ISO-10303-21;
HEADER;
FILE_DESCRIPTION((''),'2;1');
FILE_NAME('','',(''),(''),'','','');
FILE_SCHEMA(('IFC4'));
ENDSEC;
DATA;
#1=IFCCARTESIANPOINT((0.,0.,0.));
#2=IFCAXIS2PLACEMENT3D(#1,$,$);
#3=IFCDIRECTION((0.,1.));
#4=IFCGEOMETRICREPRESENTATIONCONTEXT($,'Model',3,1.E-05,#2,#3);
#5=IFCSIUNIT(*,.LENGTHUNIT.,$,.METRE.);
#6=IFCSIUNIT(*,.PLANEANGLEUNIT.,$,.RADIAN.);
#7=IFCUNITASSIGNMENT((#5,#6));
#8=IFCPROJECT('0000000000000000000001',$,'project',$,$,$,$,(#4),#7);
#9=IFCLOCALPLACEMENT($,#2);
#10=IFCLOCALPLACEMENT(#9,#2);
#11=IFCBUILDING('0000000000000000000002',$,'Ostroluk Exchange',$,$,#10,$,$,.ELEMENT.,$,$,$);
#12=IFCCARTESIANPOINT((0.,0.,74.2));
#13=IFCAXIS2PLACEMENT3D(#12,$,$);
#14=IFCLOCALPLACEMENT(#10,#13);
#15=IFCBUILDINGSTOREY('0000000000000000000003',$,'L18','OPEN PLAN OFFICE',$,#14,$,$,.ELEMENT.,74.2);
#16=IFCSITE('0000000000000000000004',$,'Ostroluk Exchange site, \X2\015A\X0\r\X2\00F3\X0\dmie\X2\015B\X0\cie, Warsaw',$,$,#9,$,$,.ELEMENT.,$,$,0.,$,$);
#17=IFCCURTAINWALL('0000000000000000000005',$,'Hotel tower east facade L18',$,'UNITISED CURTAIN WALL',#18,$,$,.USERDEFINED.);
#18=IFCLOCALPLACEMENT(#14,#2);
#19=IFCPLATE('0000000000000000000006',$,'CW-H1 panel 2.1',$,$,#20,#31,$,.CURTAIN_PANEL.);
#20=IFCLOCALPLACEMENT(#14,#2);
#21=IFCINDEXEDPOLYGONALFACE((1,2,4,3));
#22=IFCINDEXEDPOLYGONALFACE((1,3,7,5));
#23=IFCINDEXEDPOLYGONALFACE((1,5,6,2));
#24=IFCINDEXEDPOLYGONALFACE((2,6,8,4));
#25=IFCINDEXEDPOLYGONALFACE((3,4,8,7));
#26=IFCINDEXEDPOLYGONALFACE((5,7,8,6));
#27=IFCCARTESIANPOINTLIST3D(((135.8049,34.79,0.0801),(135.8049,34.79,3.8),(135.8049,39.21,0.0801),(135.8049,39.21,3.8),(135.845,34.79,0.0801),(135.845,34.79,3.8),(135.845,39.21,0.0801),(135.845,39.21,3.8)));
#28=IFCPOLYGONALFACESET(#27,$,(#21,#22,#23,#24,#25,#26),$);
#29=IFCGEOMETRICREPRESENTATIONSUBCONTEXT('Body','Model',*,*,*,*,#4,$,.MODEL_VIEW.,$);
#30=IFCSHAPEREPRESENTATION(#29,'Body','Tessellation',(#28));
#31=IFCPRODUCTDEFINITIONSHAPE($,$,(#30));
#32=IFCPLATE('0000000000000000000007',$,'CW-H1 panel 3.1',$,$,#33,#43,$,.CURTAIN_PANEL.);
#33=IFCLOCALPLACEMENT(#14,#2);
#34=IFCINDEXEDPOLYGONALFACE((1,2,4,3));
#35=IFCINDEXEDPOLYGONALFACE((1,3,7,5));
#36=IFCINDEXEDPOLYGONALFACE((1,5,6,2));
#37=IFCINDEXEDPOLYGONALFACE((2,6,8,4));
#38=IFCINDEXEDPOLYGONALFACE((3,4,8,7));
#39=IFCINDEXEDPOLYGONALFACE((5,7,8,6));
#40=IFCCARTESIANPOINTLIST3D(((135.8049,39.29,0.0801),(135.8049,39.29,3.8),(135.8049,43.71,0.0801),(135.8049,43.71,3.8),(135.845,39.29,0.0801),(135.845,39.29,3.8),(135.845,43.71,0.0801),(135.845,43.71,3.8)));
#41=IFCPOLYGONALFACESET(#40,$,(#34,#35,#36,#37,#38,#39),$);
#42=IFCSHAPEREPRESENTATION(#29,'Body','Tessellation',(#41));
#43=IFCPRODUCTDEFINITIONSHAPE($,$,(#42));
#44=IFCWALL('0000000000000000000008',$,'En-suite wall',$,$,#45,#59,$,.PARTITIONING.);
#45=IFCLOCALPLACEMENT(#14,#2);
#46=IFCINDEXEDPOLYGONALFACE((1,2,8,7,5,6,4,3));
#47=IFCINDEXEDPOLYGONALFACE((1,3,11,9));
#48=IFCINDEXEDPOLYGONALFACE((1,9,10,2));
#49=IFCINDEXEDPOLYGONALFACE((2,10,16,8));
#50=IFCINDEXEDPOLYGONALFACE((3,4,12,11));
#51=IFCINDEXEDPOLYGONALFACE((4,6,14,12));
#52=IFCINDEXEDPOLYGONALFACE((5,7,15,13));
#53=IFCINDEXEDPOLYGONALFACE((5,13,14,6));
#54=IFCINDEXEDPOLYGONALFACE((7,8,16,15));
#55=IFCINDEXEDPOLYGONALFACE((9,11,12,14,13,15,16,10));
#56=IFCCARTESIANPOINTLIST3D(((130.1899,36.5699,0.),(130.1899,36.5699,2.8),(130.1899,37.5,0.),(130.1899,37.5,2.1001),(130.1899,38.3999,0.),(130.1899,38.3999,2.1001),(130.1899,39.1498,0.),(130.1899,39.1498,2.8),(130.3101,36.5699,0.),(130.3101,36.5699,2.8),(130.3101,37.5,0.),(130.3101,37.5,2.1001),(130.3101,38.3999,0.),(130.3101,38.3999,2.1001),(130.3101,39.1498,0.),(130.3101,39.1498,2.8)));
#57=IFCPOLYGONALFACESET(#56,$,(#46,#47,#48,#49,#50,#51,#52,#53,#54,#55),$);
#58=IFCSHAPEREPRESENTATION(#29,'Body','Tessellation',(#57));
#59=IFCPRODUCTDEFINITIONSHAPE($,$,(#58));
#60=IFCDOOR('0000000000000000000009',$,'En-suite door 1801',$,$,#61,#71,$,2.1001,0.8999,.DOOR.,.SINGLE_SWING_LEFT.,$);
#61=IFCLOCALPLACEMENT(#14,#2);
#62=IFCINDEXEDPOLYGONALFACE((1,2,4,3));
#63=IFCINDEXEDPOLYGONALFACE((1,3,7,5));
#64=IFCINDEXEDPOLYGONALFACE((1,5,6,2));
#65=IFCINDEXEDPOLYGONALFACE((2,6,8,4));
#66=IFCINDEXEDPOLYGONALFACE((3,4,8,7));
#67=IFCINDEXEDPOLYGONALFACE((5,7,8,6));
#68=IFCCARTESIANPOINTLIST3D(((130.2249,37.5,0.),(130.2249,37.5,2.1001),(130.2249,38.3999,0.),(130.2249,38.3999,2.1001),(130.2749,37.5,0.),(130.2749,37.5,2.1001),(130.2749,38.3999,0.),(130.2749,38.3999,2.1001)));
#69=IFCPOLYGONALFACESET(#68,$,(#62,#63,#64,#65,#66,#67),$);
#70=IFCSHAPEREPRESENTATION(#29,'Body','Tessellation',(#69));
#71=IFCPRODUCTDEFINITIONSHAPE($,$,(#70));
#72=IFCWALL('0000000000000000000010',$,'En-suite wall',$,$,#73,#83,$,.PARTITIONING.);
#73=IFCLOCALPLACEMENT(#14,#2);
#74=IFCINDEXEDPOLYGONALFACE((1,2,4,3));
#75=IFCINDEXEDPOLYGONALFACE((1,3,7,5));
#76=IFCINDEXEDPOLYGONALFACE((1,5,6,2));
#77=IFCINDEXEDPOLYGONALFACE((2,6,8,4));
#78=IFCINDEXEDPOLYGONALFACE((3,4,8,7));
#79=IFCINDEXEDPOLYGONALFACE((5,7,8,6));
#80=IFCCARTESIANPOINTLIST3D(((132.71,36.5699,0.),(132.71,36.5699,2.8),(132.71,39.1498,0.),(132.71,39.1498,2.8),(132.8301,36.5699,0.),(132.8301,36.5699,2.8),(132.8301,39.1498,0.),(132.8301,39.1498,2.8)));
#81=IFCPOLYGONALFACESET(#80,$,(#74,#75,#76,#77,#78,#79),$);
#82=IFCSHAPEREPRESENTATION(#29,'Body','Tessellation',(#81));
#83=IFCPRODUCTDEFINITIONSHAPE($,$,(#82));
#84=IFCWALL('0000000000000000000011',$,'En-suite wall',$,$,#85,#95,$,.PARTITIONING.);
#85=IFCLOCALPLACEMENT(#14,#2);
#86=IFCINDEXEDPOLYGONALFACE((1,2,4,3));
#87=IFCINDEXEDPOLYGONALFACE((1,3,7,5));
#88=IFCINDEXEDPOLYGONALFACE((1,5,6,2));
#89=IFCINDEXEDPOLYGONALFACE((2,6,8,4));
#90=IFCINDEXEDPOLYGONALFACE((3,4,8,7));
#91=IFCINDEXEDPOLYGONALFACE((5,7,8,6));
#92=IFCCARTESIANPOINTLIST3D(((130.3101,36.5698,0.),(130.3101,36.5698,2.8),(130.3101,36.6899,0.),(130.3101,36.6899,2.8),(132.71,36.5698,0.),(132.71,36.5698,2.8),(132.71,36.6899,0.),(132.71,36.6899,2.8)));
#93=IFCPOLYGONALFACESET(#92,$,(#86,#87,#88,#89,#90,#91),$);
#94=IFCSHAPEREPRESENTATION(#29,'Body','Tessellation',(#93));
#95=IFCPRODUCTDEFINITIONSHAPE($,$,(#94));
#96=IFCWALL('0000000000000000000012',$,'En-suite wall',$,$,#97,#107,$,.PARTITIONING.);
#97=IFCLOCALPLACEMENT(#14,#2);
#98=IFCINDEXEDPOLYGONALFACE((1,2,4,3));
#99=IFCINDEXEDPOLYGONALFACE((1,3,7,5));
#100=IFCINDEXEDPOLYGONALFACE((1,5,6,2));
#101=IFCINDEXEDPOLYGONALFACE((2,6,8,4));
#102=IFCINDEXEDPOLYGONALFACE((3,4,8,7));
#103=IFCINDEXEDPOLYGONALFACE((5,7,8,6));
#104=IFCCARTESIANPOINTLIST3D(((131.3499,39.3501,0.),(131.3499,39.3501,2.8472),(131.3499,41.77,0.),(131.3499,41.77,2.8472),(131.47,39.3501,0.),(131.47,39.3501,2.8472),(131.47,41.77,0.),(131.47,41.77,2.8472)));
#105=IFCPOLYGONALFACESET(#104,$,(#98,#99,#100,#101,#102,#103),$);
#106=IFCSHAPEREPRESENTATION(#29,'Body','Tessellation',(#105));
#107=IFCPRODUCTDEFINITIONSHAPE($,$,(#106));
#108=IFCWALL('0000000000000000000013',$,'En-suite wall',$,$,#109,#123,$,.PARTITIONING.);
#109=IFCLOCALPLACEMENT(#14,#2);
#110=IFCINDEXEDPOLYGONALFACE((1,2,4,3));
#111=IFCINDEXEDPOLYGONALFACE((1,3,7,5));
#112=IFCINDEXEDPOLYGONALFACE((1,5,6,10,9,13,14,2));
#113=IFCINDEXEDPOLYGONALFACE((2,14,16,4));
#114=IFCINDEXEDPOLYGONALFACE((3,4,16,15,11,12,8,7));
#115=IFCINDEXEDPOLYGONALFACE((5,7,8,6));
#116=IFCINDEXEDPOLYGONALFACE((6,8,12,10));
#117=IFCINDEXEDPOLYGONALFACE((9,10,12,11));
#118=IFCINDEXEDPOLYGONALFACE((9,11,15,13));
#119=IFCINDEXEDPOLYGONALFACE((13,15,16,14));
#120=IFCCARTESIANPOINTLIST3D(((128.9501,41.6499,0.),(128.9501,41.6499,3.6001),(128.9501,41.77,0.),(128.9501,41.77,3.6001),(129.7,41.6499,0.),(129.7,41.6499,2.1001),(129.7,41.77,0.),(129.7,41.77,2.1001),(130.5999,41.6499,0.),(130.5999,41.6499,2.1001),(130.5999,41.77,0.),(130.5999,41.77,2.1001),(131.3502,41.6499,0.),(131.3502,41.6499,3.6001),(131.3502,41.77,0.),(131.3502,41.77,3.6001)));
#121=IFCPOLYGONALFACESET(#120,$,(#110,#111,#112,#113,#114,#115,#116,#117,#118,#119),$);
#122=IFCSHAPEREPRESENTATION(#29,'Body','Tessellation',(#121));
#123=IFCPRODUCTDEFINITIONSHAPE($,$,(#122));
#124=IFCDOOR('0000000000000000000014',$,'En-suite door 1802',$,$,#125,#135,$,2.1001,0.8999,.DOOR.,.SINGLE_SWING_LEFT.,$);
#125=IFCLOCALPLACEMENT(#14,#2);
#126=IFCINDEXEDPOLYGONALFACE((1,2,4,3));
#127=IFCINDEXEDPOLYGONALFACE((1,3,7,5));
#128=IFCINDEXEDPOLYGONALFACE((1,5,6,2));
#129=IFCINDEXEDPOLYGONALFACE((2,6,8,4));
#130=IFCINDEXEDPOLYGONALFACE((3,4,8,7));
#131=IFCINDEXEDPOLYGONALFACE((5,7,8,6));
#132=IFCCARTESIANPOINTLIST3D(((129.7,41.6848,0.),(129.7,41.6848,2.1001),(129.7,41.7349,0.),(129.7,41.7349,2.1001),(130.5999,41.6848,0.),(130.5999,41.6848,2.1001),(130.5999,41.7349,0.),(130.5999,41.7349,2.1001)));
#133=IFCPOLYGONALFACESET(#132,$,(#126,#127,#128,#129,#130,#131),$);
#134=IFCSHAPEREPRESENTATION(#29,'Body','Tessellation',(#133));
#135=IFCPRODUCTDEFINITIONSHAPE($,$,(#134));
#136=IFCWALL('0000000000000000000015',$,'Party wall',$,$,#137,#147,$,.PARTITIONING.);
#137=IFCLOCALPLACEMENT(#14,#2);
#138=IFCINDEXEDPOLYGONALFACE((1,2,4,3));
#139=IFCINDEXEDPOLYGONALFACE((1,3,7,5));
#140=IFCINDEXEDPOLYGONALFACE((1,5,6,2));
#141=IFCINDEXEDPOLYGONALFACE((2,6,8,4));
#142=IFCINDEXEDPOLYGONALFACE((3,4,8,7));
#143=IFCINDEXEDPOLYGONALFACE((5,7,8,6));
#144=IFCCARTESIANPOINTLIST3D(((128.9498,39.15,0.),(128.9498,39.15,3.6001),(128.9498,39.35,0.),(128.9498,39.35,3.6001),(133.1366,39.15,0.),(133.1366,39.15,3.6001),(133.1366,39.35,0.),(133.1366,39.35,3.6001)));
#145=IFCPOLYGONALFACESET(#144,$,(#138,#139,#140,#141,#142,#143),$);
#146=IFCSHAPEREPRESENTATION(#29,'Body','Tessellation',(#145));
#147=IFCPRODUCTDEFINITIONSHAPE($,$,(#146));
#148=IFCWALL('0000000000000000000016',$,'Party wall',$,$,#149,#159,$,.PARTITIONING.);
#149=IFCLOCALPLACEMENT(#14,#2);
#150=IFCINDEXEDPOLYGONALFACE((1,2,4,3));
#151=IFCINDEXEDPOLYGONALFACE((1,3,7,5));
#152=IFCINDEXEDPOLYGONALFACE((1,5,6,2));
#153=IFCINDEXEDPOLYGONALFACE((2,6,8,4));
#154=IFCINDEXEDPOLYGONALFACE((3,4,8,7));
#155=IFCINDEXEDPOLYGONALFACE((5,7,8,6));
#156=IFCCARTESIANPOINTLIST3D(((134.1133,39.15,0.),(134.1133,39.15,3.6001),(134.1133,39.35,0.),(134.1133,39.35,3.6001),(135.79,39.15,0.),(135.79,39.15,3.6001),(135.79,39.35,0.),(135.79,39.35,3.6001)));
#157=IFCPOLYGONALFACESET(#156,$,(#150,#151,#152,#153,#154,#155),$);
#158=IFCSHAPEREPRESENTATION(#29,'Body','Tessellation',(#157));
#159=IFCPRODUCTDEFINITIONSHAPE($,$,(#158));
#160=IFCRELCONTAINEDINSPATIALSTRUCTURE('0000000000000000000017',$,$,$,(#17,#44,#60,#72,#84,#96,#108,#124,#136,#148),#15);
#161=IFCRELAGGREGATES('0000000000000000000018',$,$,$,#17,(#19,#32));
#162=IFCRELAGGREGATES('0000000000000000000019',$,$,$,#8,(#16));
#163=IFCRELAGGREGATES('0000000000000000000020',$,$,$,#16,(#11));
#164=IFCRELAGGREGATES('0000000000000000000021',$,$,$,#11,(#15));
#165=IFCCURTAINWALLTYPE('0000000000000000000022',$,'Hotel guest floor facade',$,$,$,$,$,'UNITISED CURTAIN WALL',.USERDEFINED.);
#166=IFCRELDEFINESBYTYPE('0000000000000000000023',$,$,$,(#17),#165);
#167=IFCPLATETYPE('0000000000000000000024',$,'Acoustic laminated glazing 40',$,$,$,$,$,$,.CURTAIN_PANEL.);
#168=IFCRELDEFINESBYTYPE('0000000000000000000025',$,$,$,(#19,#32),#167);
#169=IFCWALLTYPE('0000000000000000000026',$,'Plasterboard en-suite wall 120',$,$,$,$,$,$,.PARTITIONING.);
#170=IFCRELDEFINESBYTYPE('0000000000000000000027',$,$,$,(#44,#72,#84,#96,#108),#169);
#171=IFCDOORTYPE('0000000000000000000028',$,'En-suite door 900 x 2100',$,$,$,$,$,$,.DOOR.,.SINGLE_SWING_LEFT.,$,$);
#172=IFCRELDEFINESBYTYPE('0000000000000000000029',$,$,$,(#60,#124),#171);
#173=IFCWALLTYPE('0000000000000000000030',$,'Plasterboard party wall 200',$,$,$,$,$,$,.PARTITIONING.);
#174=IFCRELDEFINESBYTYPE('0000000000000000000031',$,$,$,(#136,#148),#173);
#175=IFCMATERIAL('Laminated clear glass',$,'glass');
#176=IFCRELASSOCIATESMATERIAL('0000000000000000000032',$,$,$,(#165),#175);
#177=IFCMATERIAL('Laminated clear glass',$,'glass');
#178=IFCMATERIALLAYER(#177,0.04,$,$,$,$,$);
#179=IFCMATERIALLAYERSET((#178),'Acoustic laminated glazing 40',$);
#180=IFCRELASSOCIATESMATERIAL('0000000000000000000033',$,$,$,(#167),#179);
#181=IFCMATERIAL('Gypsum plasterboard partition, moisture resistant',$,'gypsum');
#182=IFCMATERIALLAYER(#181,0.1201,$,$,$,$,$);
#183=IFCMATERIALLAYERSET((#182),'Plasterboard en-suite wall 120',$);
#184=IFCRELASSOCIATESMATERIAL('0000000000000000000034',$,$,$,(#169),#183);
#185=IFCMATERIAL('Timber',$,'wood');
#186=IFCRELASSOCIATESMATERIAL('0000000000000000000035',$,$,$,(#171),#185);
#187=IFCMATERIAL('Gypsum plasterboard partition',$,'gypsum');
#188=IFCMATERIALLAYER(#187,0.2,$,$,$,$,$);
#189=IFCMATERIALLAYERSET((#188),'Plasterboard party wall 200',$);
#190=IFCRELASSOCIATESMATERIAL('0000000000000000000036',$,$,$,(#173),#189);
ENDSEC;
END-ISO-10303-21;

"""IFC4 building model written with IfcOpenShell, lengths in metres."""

from ifc_helpers import new_model, si_unit, direction, frame, frame_2d, origin, origin_2d, place, context, subcontext, project, spatial, rectangle, extrude, material, layer, layer_set, type_object, element, fill, aggregate, save


model = new_model("IFC4")

# Units and contexts
model_context = context("Model", 3, precision=1e-05, world=origin(), true_north=direction((0.0, 1.0)))
body_context = subcontext(model_context, "Body", "Model", "MODEL_VIEW")
ifc_project = project(units=[si_unit("LENGTHUNIT", "METRE"), si_unit("PLANEANGLEUNIT", "RADIAN")], contexts=[model_context])

# Site, building, storey
site_placement = place(None, origin())
site = spatial("IfcSite", under=ifc_project, at=site_placement, Name="Ostroluk Exchange site, Śródmieście, Warsaw", CompositionType="ELEMENT", RefElevation=0.0)
building_placement = place(site_placement, origin())
building = spatial("IfcBuilding", under=site, at=building_placement, Name="Ostroluk Exchange", CompositionType="ELEMENT")
storey_placement = place(building_placement, frame((0.0, 0.0, 74.2)))
storey = spatial("IfcBuildingStorey", under=building, at=storey_placement, Name="L18", Description="OPEN PLAN OFFICE", CompositionType="ELEMENT", Elevation=74.2)

# Curtain wall, plates
ifc_material_1 = material(Name="Laminated clear glass", Category="glass")
curtain_wall_type = type_object("IfcCurtainWallType", Name="Hotel guest floor facade", ElementType="UNITISED CURTAIN WALL", PredefinedType="USERDEFINED", material=ifc_material_1)
curtain_wall_placement = place(storey_placement, origin())
curtain_wall = element("IfcCurtainWall", 1, at=curtain_wall_placement, inside=storey, type_object=curtain_wall_type, Name="Hotel tower east facade L18", ObjectType="UNITISED CURTAIN WALL", PredefinedType="USERDEFINED")
ifc_material_2 = material(Name="Laminated clear glass", Category="glass")
ifc_layer_1 = layer(ifc_material_2, 0.04)
ifc_layer_set_1 = layer_set([ifc_layer_1], Name="Acoustic laminated glazing 40")
plate_type = type_object("IfcPlateType", Name="Acoustic laminated glazing 40", PredefinedType="CURTAIN_PANEL", material=ifc_layer_set_1)
plate_1_placement = place(storey_placement, frame((135.825, 37.0, 0.0801), z_axis=(0.0, 0.0, 1.0), x_axis=(0.0, 1.0, 0.0)))
plate_1 = element("IfcPlate", 2, at=plate_1_placement, type_object=plate_type, Name="CW-H1 panel 2.1", PredefinedType="CURTAIN_PANEL", context=body_context, shape_type="SweptSolid", body=[
    extrude(rectangle(XDim=4.4199, YDim=0.04, at=origin_2d()), origin(), (0.0, 0.0, 1.0), 3.72),
])
plate_2_placement = place(storey_placement, frame((135.825, 41.5, 0.0801), z_axis=(0.0, 0.0, 1.0), x_axis=(0.0, 1.0, 0.0)))
plate_2 = element("IfcPlate", 3, at=plate_2_placement, type_object=plate_type, Name="CW-H1 panel 3.1", PredefinedType="CURTAIN_PANEL", context=body_context, shape_type="SweptSolid", body=[
    extrude(rectangle(XDim=4.4199, YDim=0.04, at=origin_2d()), origin(), (0.0, 0.0, 1.0), 3.72),
])
aggregate(curtain_wall, [plate_1, plate_2])

# Wall, opening, door
ifc_material_3 = material(Name="Gypsum plasterboard partition, moisture resistant", Category="gypsum")
ifc_layer_2 = layer(ifc_material_3, 0.1201)
ifc_layer_set_2 = layer_set([ifc_layer_2], Name="Plasterboard en-suite wall 120")
wall_type_1 = type_object("IfcWallType", Name="Plasterboard en-suite wall 120", PredefinedType="PARTITIONING", material=ifc_layer_set_2)
wall_1_placement = place(storey_placement, frame((130.25, 39.1499, 0.0), z_axis=(0.0, 0.0, 1.0), x_axis=(0.0, -1.0, 0.0)))
wall_1 = element("IfcWall", 4, at=wall_1_placement, inside=storey, type_object=wall_type_1, Name="En-suite wall", PredefinedType="PARTITIONING", context=body_context, shape_type="SweptSolid", body=[
    extrude(rectangle(XDim=2.5798, YDim=0.1201, at=frame_2d((1.29, 0.0))), origin(), (0.0, 0.0, 1.0), 2.8),
])
opening_1_placement = place(wall_1_placement, frame((0.75, 0.0, 0.0)))
opening_1 = element("IfcOpeningElement", 5, at=opening_1_placement, cuts=wall_1, PredefinedType="OPENING", context=body_context, shape_type="SweptSolid", body=[
    extrude(rectangle(XDim=0.8999, YDim=2.1001, at=frame_2d((0.45, 1.05))), frame((0.0, 0.0701, 0.0), z_axis=(0.0, -1.0, 0.0), x_axis=(1.0, 0.0, 0.0)), (0.0, 0.0, 1.0), 0.1401),
])
ifc_material_4 = material(Name="Timber", Category="wood")
door_type = type_object("IfcDoorType", Name="En-suite door 900 x 2100", OperationType="SINGLE_SWING_LEFT", PredefinedType="DOOR", material=ifc_material_4)
door_1_placement = place(opening_1_placement, origin())
door_1 = element("IfcDoor", 6, at=door_1_placement, inside=storey, type_object=door_type, Name="En-suite door 1801", OperationType="SINGLE_SWING_LEFT", OverallHeight=2.1001, OverallWidth=0.8999, PredefinedType="DOOR", context=body_context, shape_type="SweptSolid", body=[
    extrude(rectangle(XDim=0.8999, YDim=2.1001, at=frame_2d((0.45, 1.05))), frame((0.0, 0.0249, 0.0), z_axis=(0.0, -1.0, 0.0), x_axis=(1.0, 0.0, 0.0)), (0.0, 0.0, 1.0), 0.05),
])
fill(opening_1, door_1)

# Walls
wall_2_placement = place(storey_placement, frame((132.77, 39.1499, 0.0), z_axis=(0.0, 0.0, 1.0), x_axis=(0.0, -1.0, 0.0)))
element("IfcWall", 7, at=wall_2_placement, inside=storey, type_object=wall_type_1, Name="En-suite wall", PredefinedType="PARTITIONING", context=body_context, shape_type="SweptSolid", body=[
    extrude(rectangle(XDim=2.5798, YDim=0.1201, at=frame_2d((1.29, 0.0))), origin(), (0.0, 0.0, 1.0), 2.8),
])
wall_3_placement = place(storey_placement, frame((130.3101, 36.6299, 0.0), z_axis=(0.0, 0.0, 1.0), x_axis=(1.0, 0.0, 0.0)))
element("IfcWall", 8, at=wall_3_placement, inside=storey, type_object=wall_type_1, Name="En-suite wall", PredefinedType="PARTITIONING", context=body_context, shape_type="SweptSolid", body=[
    extrude(rectangle(XDim=2.3999, YDim=0.1201, at=frame_2d((1.2, 0.0))), origin(), (0.0, 0.0, 1.0), 2.8),
])
wall_4_placement = place(storey_placement, frame((131.4099, 39.3501, 0.0), z_axis=(0.0, 0.0, 1.0), x_axis=(0.0, 1.0, 0.0)))
element("IfcWall", 9, at=wall_4_placement, inside=storey, type_object=wall_type_1, Name="En-suite wall", PredefinedType="PARTITIONING", context=body_context, shape_type="SweptSolid", body=[
    extrude(rectangle(XDim=2.4199, YDim=0.1201, at=frame_2d((1.21, 0.0))), origin(), (0.0, 0.0, 1.0), 2.8472),
])

# Wall, opening, door
wall_5_placement = place(storey_placement, frame((128.95, 41.71, 0.0), z_axis=(0.0, 0.0, 1.0), x_axis=(1.0, 0.0, 0.0)))
wall_5 = element("IfcWall", 10, at=wall_5_placement, inside=storey, type_object=wall_type_1, Name="En-suite wall", PredefinedType="PARTITIONING", context=body_context, shape_type="SweptSolid", body=[
    extrude(rectangle(XDim=2.4001, YDim=0.1201, at=frame_2d((1.2002, 0.0))), origin(), (0.0, 0.0, 1.0), 3.6001),
])
opening_2_placement = place(wall_5_placement, frame((0.75, 0.0, 0.0)))
opening_2 = element("IfcOpeningElement", 11, at=opening_2_placement, cuts=wall_5, PredefinedType="OPENING", context=body_context, shape_type="SweptSolid", body=[
    extrude(rectangle(XDim=0.8999, YDim=2.1001, at=frame_2d((0.45, 1.05))), frame((0.0, 0.0701, 0.0), z_axis=(0.0, -1.0, 0.0), x_axis=(1.0, 0.0, 0.0)), (0.0, 0.0, 1.0), 0.1401),
])
door_2_placement = place(opening_2_placement, origin())
door_2 = element("IfcDoor", 12, at=door_2_placement, inside=storey, type_object=door_type, Name="En-suite door 1802", OperationType="SINGLE_SWING_LEFT", OverallHeight=2.1001, OverallWidth=0.8999, PredefinedType="DOOR", context=body_context, shape_type="SweptSolid", body=[
    extrude(rectangle(XDim=0.8999, YDim=2.1001, at=frame_2d((0.45, 1.05))), frame((0.0, 0.0249, 0.0), z_axis=(0.0, -1.0, 0.0), x_axis=(1.0, 0.0, 0.0)), (0.0, 0.0, 1.0), 0.05),
])
fill(opening_2, door_2)

# Walls
ifc_material_5 = material(Name="Gypsum plasterboard partition", Category="gypsum")
ifc_layer_3 = layer(ifc_material_5, 0.2)
ifc_layer_set_3 = layer_set([ifc_layer_3], Name="Plasterboard party wall 200")
wall_type_2 = type_object("IfcWallType", Name="Plasterboard party wall 200", PredefinedType="PARTITIONING", material=ifc_layer_set_3)
wall_6_placement = place(storey_placement, frame((128.95, 39.25, 0.0), z_axis=(0.0, 0.0, 1.0), x_axis=(1.0, 0.0, 0.0)))
element("IfcWall", 13, at=wall_6_placement, inside=storey, type_object=wall_type_2, Name="Party wall", PredefinedType="PARTITIONING", context=body_context, shape_type="SweptSolid", body=[
    extrude(rectangle(XDim=4.1868, YDim=0.2, at=frame_2d((2.0933, 0.0))), origin(), (0.0, 0.0, 1.0), 3.6001),
])
wall_7_placement = place(storey_placement, frame((134.1133, 39.25, 0.0), z_axis=(0.0, 0.0, 1.0), x_axis=(1.0, 0.0, 0.0)))
element("IfcWall", 14, at=wall_7_placement, inside=storey, type_object=wall_type_2, Name="Party wall", PredefinedType="PARTITIONING", context=body_context, shape_type="SweptSolid", body=[
    extrude(rectangle(XDim=1.6768, YDim=0.2, at=frame_2d((0.8384, 0.0))), origin(), (0.0, 0.0, 1.0), 3.6001),
])

save(model, "model.ifc")
